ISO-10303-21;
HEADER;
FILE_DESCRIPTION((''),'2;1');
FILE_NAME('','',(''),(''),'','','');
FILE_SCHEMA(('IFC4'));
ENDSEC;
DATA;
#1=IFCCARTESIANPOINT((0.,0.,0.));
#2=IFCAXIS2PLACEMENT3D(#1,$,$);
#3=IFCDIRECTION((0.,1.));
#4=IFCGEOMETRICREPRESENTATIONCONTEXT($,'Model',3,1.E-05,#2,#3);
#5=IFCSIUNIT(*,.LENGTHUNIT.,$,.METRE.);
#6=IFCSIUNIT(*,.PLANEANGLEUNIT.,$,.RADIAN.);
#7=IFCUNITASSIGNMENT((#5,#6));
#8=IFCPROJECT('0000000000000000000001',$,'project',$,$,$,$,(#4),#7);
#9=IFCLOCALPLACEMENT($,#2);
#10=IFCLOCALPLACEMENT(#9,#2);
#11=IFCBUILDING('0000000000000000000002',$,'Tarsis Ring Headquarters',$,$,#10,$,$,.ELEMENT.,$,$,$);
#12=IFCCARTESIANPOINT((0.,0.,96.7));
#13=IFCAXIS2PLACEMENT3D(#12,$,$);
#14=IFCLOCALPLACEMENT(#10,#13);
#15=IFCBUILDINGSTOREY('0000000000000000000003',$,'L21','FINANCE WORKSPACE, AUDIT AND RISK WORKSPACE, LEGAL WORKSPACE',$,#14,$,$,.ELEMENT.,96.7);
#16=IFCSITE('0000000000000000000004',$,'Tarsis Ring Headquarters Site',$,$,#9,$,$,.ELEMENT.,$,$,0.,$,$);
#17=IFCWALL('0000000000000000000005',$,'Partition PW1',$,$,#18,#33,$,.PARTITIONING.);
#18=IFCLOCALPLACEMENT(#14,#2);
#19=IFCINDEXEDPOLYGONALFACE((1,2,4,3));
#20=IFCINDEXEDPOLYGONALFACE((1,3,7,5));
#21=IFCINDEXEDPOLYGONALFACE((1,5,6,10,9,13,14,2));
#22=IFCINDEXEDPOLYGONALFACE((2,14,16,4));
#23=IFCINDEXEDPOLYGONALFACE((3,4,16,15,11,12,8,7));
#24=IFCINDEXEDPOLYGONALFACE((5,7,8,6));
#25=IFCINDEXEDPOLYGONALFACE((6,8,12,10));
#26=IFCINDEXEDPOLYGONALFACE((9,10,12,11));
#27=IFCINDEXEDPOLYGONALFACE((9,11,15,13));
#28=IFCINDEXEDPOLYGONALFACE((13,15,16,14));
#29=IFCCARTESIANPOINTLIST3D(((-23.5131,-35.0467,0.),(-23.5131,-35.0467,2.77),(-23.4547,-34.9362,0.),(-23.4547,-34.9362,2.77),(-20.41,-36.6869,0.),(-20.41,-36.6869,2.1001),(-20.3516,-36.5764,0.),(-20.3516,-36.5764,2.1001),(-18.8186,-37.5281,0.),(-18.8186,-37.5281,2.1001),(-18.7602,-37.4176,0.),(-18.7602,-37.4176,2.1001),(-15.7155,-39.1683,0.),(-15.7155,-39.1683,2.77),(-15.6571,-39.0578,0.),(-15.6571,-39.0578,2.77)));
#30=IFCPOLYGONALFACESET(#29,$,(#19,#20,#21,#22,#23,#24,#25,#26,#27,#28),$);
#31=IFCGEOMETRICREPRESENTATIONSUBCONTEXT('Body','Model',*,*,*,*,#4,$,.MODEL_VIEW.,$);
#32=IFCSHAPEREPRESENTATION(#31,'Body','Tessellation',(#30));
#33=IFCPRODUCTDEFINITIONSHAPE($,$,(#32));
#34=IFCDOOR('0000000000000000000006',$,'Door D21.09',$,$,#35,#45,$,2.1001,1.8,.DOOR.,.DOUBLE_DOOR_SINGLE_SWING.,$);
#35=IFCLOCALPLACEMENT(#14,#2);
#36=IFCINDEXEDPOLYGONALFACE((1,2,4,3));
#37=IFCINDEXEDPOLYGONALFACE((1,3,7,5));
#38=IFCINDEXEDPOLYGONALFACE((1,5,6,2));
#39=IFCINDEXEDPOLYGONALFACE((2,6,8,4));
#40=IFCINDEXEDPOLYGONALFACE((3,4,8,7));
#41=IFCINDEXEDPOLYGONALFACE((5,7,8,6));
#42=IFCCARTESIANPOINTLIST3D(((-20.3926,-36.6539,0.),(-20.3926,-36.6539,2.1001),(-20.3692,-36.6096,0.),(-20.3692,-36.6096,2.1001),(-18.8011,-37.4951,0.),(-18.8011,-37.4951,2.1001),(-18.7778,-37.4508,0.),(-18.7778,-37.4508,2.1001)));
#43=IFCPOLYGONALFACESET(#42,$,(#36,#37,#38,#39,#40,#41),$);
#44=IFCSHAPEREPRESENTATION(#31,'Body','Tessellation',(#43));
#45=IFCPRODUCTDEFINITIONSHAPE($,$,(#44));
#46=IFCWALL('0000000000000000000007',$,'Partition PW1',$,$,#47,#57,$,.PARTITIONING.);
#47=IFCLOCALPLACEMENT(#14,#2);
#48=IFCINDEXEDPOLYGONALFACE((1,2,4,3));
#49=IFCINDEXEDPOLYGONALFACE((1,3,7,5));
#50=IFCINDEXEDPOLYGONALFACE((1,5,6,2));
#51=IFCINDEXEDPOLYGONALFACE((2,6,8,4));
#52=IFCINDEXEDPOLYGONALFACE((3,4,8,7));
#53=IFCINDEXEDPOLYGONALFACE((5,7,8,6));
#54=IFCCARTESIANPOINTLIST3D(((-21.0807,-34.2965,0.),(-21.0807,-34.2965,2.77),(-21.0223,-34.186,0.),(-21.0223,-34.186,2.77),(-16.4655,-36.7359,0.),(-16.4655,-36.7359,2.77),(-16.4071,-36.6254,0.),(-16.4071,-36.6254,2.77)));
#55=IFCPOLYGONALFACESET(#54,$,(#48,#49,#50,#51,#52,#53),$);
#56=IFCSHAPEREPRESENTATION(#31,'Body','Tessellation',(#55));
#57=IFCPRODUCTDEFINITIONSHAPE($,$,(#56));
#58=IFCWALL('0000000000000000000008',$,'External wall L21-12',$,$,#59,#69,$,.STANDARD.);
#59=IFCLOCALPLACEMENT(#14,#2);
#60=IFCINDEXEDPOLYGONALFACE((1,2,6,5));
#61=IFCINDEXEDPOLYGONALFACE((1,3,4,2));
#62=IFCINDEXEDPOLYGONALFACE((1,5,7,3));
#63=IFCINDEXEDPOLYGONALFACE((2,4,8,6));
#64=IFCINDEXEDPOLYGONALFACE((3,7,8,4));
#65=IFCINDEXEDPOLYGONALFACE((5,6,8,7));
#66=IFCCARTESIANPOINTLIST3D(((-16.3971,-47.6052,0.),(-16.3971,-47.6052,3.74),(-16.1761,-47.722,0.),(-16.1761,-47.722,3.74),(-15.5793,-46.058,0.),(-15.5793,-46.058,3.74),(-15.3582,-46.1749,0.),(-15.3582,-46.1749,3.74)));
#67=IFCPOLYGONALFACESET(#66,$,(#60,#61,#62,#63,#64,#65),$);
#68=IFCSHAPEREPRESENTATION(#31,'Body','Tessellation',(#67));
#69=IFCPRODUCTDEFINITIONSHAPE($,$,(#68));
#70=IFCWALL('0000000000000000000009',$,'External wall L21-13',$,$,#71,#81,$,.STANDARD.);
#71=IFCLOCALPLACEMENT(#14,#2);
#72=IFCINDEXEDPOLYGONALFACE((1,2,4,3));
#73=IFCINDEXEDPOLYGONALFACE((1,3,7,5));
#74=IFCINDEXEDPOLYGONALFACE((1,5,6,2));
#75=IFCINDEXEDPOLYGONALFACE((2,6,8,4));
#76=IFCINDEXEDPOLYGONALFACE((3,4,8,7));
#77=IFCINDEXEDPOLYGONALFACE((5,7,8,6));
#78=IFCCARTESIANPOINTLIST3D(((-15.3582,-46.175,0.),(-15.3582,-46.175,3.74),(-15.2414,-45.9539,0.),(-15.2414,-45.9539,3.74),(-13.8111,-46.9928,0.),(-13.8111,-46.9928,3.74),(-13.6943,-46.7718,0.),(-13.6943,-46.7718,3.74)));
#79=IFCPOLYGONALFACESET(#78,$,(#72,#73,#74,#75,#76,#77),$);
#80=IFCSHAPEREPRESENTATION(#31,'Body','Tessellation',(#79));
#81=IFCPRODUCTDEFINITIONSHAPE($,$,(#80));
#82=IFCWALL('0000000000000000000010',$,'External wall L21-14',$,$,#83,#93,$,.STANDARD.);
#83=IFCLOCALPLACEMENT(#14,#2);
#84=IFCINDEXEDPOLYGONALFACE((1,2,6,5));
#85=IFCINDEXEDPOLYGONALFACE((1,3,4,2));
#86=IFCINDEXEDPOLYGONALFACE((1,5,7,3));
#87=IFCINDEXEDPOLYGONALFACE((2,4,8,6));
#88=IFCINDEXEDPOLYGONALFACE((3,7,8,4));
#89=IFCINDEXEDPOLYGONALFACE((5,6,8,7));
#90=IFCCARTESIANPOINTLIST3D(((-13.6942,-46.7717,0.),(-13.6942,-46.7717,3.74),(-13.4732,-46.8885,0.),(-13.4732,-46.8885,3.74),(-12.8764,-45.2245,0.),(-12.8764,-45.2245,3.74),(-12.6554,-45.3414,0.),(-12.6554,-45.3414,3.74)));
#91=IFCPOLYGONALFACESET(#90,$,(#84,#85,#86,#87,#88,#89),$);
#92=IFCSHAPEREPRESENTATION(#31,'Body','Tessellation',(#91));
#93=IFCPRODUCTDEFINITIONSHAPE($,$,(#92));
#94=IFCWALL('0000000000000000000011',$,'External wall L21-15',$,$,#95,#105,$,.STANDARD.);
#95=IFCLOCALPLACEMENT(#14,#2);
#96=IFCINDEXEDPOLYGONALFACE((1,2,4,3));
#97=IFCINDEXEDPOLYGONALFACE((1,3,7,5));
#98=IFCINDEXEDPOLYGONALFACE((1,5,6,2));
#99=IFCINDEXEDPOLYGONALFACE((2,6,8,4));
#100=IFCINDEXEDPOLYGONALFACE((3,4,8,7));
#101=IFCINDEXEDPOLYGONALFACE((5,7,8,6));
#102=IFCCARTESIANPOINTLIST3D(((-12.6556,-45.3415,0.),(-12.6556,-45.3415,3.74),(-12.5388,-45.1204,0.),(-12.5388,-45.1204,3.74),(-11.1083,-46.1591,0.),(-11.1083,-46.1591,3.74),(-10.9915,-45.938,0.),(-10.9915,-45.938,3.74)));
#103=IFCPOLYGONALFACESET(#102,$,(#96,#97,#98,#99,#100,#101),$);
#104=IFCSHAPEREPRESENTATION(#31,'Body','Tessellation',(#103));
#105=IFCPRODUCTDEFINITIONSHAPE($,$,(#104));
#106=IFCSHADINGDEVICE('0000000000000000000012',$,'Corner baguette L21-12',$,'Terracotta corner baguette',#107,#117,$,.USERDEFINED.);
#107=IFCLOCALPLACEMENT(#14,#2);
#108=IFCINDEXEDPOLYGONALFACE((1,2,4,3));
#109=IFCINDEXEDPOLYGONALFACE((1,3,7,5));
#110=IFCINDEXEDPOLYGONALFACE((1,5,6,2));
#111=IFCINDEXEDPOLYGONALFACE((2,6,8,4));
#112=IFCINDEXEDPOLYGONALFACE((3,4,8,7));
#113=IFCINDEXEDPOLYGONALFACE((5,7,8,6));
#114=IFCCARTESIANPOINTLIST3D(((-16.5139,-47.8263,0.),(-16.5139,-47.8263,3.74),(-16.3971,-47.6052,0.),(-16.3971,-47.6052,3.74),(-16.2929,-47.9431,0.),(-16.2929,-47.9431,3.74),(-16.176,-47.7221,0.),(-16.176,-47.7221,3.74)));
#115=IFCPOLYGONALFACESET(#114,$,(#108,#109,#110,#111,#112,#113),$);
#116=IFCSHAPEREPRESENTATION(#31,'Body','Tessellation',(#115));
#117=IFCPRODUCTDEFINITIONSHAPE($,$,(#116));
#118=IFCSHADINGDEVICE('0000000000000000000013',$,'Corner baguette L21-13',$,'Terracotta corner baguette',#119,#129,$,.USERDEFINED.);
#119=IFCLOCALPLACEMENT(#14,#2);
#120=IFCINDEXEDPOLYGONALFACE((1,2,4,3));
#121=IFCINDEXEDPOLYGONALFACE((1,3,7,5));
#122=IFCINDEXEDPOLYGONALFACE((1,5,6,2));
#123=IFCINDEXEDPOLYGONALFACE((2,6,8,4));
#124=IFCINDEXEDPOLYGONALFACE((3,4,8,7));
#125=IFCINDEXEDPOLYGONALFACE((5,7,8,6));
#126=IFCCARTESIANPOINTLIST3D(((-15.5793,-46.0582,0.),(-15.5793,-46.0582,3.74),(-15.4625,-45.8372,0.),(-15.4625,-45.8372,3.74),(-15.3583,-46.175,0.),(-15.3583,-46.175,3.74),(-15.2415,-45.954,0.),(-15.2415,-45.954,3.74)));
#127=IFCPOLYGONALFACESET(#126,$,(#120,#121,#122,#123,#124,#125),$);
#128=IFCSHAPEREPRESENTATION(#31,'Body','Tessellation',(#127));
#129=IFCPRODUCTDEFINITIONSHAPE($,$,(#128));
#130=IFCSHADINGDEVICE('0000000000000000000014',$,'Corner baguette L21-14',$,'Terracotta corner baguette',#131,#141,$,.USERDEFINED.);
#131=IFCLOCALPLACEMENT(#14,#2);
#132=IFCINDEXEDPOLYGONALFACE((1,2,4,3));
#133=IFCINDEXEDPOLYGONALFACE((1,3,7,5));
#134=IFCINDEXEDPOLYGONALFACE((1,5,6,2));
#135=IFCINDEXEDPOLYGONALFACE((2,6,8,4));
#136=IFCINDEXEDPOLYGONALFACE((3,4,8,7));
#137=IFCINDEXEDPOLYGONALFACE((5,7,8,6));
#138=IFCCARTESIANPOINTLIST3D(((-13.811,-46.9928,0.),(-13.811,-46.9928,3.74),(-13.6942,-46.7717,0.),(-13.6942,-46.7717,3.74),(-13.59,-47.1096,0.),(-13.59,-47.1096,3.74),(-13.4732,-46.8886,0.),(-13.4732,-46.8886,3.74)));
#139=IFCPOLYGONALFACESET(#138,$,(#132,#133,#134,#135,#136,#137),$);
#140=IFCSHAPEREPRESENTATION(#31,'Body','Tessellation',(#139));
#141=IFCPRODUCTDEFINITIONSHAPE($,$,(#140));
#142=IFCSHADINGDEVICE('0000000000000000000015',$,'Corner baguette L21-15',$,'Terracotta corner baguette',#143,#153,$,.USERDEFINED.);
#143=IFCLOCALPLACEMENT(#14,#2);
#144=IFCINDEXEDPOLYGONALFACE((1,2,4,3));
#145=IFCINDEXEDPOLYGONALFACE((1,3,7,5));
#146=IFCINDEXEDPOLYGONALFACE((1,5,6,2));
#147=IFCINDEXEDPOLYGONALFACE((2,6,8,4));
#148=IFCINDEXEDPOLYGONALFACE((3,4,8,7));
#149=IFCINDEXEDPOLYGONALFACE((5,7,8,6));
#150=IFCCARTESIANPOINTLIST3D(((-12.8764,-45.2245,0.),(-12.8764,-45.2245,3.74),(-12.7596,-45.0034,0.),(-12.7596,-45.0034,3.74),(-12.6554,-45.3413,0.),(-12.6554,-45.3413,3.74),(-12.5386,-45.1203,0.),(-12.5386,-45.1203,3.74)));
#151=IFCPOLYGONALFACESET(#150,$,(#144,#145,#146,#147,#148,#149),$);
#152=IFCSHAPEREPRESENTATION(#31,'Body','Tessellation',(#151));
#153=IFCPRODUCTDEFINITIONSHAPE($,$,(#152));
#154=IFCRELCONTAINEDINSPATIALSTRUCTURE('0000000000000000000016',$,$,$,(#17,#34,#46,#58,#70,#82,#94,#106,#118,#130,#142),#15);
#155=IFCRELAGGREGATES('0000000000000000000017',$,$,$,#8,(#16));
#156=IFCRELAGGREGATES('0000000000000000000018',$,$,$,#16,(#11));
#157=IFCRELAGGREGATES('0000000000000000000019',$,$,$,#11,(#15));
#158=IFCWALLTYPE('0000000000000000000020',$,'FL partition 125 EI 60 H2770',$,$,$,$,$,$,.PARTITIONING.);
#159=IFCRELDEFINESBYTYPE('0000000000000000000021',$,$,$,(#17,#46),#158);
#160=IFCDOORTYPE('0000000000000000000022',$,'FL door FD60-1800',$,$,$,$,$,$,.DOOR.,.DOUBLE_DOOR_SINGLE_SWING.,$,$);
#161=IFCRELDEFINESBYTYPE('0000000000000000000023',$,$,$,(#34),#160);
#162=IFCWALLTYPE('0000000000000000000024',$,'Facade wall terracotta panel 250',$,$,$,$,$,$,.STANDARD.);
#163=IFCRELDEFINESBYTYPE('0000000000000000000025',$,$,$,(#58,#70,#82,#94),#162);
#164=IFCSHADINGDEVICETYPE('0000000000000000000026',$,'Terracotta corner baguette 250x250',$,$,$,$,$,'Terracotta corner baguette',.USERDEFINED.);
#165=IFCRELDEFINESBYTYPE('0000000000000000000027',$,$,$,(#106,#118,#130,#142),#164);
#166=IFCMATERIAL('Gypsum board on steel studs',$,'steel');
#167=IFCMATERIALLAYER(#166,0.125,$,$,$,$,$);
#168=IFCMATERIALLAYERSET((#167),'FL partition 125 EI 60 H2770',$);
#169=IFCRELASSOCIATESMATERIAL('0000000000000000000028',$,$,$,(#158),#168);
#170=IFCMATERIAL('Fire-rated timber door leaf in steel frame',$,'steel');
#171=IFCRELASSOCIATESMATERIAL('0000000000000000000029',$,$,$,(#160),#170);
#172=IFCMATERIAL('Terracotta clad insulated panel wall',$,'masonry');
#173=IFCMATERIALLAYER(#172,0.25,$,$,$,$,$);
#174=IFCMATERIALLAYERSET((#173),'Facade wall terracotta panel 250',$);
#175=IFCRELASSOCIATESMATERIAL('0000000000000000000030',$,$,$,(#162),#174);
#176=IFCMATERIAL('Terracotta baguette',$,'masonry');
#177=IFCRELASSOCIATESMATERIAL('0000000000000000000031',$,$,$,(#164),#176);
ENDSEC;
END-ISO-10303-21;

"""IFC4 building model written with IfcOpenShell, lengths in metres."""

from ifc_helpers import new_model, si_unit, direction, frame, frame_2d, origin, origin_2d, place, context, subcontext, project, spatial, rectangle, extrude, material, layer, layer_set, type_object, element, fill, save


model = new_model("IFC4")

# Units and contexts
model_context = context("Model", 3, precision=1e-05, world=origin(), true_north=direction((0.0, 1.0)))
body_context = subcontext(model_context, "Body", "Model", "MODEL_VIEW")
ifc_project = project(units=[si_unit("LENGTHUNIT", "METRE"), si_unit("PLANEANGLEUNIT", "RADIAN")], contexts=[model_context])

# Site, building, storey
site_placement = place(None, origin())
site = spatial("IfcSite", under=ifc_project, at=site_placement, Name="Tarsis Ring Headquarters Site", CompositionType="ELEMENT", RefElevation=0.0)
building_placement = place(site_placement, origin())
building = spatial("IfcBuilding", under=site, at=building_placement, Name="Tarsis Ring Headquarters", CompositionType="ELEMENT")
storey_placement = place(building_placement, frame((0.0, 0.0, 96.7)))
storey = spatial("IfcBuildingStorey", under=building, at=storey_placement, Name="L21", Description="FINANCE WORKSPACE, AUDIT AND RISK WORKSPACE, LEGAL WORKSPACE", CompositionType="ELEMENT", Elevation=96.7)

# Shared definitions
ifc_material_1 = material(Name="Gypsum board on steel studs", Category="steel")
ifc_layer_1 = layer(ifc_material_1, 0.125)
ifc_layer_set_1 = layer_set([ifc_layer_1], Name="FL partition 125 EI 60 H2770")
wall_type_1 = type_object("IfcWallType", Name="FL partition 125 EI 60 H2770", PredefinedType="PARTITIONING", material=ifc_layer_set_1)

# Shared definitions
ifc_material_2 = material(Name="Fire-rated timber door leaf in steel frame", Category="steel")
door_type = type_object("IfcDoorType", Name="FL door FD60-1800", OperationType="DOUBLE_DOOR_SINGLE_SWING", PredefinedType="DOOR", material=ifc_material_2)

# Wall, opening, door
wall_1_placement = place(storey_placement, frame((-23.4839, -34.9915, 0.0), z_axis=(0.0, 0.0, 1.0), x_axis=(0.884095, -0.467306, 0.0)))
wall_1 = element("IfcWall", 1, at=wall_1_placement, inside=storey, type_object=wall_type_1, Name="Partition PW1", PredefinedType="PARTITIONING", context=body_context, shape_type="SweptSolid", body=[
    extrude(rectangle(XDim=8.8198, YDim=0.125, at=frame_2d((4.4099, 0.0))), origin(), (0.0, 0.0, 1.0), 2.77),
])
opening_1_placement = place(wall_1_placement, frame((3.51, 0.0, 0.0)))
opening_1 = element("IfcOpeningElement", 2, at=opening_1_placement, cuts=wall_1, PredefinedType="OPENING", context=body_context, shape_type="SweptSolid", body=[
    extrude(rectangle(XDim=1.8, YDim=2.1001, at=frame_2d((0.8999, 1.05))), frame((0.0, 0.0725, 0.0), z_axis=(0.0, -1.0, 0.0), x_axis=(1.0, 0.0, 0.0)), (0.0, 0.0, 1.0), 0.145),
])
door_1_placement = place(opening_1_placement, origin())
door_1 = element("IfcDoor", 3, at=door_1_placement, inside=storey, type_object=door_type, Name="Door D21.09", OperationType="DOUBLE_DOOR_SINGLE_SWING", OverallHeight=2.1001, OverallWidth=1.8, PredefinedType="DOOR", context=body_context, shape_type="SweptSolid", body=[
    extrude(rectangle(XDim=1.8, YDim=2.1001, at=frame_2d((0.8999, 1.05))), frame((0.0, 0.0249, 0.0), z_axis=(0.0, -1.0, 0.0), x_axis=(1.0, 0.0, 0.0)), (0.0, 0.0, 1.0), 0.05),
])
fill(opening_1, door_1)

# Walls
wall_2_placement = place(storey_placement, frame((-21.0515, -34.2412, 0.0), z_axis=(0.0, 0.0, 1.0), x_axis=(0.884097, -0.467303, 0.0)))
element("IfcWall", 4, at=wall_2_placement, inside=storey, type_object=wall_type_1, Name="Partition PW1", PredefinedType="PARTITIONING", context=body_context, shape_type="SweptSolid", body=[
    extrude(rectangle(XDim=5.2202, YDim=0.125, at=frame_2d((2.6101, 0.0))), origin(), (0.0, 0.0, 1.0), 2.77),
])
ifc_material_3 = material(Name="Terracotta clad insulated panel wall", Category="masonry")
ifc_layer_2 = layer(ifc_material_3, 0.25)
ifc_layer_set_2 = layer_set([ifc_layer_2], Name="Facade wall terracotta panel 250")
wall_type_2 = type_object("IfcWallType", Name="Facade wall terracotta panel 250", PredefinedType="STANDARD", material=ifc_layer_set_2)
for number, where, z_axis, x_axis, name in (
    (5, (-16.2866, -47.6636, 0.0), (0.0, 0.0, 1.0), (0.467356, 0.884069, 0.0), "External wall L21-12"),
    (6, (-15.2998, -46.0645, 0.0), (0.0, 0.0, 1.0), (0.884069, -0.467356, 0.0), "External wall L21-13"),
    (7, (-13.5837, -46.8301, 0.0), (0.0, 0.0, 1.0), (0.467356, 0.884069, 0.0), "External wall L21-14"),
    (8, (-12.5972, -45.231, 0.0), (0.0, 0.0, 1.0), (0.884158, -0.467189, 0.0), "External wall L21-15"),
):
    element("IfcWall", number, at=place(storey_placement, frame(where, z_axis=z_axis, x_axis=x_axis)), inside=storey, type_object=wall_type_2, Name=name, PredefinedType="STANDARD", context=body_context, shape_type="SweptSolid", body=[
        extrude(rectangle(XDim=1.75, YDim=0.25, at=frame_2d((0.875, 0.0))), origin(), (0.0, 0.0, 1.0), 3.74),
    ])

# Shading devices
ifc_material_4 = material(Name="Terracotta baguette", Category="masonry")
shading_device_type_1 = type_object("IfcShadingDeviceType", Name="Terracotta corner baguette 250x250", ElementType="Terracotta corner baguette", PredefinedType="USERDEFINED", material=ifc_material_4)
for number, where, z_axis, x_axis, name in (
    (9, (-16.345, -47.7742, 0.0), (0.0, 0.0, 1.0), (0.884092, -0.467313, 0.0), "Corner baguette L21-12"),
    (10, (-15.4104, -46.0061, 0.0), (0.0, 0.0, 1.0), (0.467313, 0.884092, 0.0), "Corner baguette L21-13"),
    (11, (-13.6421, -46.9407, 0.0), (0.0, 0.0, 1.0), (0.884092, -0.467313, 0.0), "Corner baguette L21-14"),
    (12, (-12.7075, -45.1724, 0.0), (0.0, 0.0, 1.0), (0.467312, 0.884092, 0.0), "Corner baguette L21-15"),
):
    element("IfcShadingDevice", number, at=place(storey_placement, frame(where, z_axis=z_axis, x_axis=x_axis)), inside=storey, type_object=shading_device_type_1, Name=name, ObjectType="Terracotta corner baguette", PredefinedType="USERDEFINED", context=body_context, shape_type="SweptSolid", body=[
        extrude(rectangle(XDim=0.25, YDim=0.25, at=origin_2d()), origin(), (0.0, 0.0, 1.0), 3.74),
    ])

save(model, "model.ifc")
